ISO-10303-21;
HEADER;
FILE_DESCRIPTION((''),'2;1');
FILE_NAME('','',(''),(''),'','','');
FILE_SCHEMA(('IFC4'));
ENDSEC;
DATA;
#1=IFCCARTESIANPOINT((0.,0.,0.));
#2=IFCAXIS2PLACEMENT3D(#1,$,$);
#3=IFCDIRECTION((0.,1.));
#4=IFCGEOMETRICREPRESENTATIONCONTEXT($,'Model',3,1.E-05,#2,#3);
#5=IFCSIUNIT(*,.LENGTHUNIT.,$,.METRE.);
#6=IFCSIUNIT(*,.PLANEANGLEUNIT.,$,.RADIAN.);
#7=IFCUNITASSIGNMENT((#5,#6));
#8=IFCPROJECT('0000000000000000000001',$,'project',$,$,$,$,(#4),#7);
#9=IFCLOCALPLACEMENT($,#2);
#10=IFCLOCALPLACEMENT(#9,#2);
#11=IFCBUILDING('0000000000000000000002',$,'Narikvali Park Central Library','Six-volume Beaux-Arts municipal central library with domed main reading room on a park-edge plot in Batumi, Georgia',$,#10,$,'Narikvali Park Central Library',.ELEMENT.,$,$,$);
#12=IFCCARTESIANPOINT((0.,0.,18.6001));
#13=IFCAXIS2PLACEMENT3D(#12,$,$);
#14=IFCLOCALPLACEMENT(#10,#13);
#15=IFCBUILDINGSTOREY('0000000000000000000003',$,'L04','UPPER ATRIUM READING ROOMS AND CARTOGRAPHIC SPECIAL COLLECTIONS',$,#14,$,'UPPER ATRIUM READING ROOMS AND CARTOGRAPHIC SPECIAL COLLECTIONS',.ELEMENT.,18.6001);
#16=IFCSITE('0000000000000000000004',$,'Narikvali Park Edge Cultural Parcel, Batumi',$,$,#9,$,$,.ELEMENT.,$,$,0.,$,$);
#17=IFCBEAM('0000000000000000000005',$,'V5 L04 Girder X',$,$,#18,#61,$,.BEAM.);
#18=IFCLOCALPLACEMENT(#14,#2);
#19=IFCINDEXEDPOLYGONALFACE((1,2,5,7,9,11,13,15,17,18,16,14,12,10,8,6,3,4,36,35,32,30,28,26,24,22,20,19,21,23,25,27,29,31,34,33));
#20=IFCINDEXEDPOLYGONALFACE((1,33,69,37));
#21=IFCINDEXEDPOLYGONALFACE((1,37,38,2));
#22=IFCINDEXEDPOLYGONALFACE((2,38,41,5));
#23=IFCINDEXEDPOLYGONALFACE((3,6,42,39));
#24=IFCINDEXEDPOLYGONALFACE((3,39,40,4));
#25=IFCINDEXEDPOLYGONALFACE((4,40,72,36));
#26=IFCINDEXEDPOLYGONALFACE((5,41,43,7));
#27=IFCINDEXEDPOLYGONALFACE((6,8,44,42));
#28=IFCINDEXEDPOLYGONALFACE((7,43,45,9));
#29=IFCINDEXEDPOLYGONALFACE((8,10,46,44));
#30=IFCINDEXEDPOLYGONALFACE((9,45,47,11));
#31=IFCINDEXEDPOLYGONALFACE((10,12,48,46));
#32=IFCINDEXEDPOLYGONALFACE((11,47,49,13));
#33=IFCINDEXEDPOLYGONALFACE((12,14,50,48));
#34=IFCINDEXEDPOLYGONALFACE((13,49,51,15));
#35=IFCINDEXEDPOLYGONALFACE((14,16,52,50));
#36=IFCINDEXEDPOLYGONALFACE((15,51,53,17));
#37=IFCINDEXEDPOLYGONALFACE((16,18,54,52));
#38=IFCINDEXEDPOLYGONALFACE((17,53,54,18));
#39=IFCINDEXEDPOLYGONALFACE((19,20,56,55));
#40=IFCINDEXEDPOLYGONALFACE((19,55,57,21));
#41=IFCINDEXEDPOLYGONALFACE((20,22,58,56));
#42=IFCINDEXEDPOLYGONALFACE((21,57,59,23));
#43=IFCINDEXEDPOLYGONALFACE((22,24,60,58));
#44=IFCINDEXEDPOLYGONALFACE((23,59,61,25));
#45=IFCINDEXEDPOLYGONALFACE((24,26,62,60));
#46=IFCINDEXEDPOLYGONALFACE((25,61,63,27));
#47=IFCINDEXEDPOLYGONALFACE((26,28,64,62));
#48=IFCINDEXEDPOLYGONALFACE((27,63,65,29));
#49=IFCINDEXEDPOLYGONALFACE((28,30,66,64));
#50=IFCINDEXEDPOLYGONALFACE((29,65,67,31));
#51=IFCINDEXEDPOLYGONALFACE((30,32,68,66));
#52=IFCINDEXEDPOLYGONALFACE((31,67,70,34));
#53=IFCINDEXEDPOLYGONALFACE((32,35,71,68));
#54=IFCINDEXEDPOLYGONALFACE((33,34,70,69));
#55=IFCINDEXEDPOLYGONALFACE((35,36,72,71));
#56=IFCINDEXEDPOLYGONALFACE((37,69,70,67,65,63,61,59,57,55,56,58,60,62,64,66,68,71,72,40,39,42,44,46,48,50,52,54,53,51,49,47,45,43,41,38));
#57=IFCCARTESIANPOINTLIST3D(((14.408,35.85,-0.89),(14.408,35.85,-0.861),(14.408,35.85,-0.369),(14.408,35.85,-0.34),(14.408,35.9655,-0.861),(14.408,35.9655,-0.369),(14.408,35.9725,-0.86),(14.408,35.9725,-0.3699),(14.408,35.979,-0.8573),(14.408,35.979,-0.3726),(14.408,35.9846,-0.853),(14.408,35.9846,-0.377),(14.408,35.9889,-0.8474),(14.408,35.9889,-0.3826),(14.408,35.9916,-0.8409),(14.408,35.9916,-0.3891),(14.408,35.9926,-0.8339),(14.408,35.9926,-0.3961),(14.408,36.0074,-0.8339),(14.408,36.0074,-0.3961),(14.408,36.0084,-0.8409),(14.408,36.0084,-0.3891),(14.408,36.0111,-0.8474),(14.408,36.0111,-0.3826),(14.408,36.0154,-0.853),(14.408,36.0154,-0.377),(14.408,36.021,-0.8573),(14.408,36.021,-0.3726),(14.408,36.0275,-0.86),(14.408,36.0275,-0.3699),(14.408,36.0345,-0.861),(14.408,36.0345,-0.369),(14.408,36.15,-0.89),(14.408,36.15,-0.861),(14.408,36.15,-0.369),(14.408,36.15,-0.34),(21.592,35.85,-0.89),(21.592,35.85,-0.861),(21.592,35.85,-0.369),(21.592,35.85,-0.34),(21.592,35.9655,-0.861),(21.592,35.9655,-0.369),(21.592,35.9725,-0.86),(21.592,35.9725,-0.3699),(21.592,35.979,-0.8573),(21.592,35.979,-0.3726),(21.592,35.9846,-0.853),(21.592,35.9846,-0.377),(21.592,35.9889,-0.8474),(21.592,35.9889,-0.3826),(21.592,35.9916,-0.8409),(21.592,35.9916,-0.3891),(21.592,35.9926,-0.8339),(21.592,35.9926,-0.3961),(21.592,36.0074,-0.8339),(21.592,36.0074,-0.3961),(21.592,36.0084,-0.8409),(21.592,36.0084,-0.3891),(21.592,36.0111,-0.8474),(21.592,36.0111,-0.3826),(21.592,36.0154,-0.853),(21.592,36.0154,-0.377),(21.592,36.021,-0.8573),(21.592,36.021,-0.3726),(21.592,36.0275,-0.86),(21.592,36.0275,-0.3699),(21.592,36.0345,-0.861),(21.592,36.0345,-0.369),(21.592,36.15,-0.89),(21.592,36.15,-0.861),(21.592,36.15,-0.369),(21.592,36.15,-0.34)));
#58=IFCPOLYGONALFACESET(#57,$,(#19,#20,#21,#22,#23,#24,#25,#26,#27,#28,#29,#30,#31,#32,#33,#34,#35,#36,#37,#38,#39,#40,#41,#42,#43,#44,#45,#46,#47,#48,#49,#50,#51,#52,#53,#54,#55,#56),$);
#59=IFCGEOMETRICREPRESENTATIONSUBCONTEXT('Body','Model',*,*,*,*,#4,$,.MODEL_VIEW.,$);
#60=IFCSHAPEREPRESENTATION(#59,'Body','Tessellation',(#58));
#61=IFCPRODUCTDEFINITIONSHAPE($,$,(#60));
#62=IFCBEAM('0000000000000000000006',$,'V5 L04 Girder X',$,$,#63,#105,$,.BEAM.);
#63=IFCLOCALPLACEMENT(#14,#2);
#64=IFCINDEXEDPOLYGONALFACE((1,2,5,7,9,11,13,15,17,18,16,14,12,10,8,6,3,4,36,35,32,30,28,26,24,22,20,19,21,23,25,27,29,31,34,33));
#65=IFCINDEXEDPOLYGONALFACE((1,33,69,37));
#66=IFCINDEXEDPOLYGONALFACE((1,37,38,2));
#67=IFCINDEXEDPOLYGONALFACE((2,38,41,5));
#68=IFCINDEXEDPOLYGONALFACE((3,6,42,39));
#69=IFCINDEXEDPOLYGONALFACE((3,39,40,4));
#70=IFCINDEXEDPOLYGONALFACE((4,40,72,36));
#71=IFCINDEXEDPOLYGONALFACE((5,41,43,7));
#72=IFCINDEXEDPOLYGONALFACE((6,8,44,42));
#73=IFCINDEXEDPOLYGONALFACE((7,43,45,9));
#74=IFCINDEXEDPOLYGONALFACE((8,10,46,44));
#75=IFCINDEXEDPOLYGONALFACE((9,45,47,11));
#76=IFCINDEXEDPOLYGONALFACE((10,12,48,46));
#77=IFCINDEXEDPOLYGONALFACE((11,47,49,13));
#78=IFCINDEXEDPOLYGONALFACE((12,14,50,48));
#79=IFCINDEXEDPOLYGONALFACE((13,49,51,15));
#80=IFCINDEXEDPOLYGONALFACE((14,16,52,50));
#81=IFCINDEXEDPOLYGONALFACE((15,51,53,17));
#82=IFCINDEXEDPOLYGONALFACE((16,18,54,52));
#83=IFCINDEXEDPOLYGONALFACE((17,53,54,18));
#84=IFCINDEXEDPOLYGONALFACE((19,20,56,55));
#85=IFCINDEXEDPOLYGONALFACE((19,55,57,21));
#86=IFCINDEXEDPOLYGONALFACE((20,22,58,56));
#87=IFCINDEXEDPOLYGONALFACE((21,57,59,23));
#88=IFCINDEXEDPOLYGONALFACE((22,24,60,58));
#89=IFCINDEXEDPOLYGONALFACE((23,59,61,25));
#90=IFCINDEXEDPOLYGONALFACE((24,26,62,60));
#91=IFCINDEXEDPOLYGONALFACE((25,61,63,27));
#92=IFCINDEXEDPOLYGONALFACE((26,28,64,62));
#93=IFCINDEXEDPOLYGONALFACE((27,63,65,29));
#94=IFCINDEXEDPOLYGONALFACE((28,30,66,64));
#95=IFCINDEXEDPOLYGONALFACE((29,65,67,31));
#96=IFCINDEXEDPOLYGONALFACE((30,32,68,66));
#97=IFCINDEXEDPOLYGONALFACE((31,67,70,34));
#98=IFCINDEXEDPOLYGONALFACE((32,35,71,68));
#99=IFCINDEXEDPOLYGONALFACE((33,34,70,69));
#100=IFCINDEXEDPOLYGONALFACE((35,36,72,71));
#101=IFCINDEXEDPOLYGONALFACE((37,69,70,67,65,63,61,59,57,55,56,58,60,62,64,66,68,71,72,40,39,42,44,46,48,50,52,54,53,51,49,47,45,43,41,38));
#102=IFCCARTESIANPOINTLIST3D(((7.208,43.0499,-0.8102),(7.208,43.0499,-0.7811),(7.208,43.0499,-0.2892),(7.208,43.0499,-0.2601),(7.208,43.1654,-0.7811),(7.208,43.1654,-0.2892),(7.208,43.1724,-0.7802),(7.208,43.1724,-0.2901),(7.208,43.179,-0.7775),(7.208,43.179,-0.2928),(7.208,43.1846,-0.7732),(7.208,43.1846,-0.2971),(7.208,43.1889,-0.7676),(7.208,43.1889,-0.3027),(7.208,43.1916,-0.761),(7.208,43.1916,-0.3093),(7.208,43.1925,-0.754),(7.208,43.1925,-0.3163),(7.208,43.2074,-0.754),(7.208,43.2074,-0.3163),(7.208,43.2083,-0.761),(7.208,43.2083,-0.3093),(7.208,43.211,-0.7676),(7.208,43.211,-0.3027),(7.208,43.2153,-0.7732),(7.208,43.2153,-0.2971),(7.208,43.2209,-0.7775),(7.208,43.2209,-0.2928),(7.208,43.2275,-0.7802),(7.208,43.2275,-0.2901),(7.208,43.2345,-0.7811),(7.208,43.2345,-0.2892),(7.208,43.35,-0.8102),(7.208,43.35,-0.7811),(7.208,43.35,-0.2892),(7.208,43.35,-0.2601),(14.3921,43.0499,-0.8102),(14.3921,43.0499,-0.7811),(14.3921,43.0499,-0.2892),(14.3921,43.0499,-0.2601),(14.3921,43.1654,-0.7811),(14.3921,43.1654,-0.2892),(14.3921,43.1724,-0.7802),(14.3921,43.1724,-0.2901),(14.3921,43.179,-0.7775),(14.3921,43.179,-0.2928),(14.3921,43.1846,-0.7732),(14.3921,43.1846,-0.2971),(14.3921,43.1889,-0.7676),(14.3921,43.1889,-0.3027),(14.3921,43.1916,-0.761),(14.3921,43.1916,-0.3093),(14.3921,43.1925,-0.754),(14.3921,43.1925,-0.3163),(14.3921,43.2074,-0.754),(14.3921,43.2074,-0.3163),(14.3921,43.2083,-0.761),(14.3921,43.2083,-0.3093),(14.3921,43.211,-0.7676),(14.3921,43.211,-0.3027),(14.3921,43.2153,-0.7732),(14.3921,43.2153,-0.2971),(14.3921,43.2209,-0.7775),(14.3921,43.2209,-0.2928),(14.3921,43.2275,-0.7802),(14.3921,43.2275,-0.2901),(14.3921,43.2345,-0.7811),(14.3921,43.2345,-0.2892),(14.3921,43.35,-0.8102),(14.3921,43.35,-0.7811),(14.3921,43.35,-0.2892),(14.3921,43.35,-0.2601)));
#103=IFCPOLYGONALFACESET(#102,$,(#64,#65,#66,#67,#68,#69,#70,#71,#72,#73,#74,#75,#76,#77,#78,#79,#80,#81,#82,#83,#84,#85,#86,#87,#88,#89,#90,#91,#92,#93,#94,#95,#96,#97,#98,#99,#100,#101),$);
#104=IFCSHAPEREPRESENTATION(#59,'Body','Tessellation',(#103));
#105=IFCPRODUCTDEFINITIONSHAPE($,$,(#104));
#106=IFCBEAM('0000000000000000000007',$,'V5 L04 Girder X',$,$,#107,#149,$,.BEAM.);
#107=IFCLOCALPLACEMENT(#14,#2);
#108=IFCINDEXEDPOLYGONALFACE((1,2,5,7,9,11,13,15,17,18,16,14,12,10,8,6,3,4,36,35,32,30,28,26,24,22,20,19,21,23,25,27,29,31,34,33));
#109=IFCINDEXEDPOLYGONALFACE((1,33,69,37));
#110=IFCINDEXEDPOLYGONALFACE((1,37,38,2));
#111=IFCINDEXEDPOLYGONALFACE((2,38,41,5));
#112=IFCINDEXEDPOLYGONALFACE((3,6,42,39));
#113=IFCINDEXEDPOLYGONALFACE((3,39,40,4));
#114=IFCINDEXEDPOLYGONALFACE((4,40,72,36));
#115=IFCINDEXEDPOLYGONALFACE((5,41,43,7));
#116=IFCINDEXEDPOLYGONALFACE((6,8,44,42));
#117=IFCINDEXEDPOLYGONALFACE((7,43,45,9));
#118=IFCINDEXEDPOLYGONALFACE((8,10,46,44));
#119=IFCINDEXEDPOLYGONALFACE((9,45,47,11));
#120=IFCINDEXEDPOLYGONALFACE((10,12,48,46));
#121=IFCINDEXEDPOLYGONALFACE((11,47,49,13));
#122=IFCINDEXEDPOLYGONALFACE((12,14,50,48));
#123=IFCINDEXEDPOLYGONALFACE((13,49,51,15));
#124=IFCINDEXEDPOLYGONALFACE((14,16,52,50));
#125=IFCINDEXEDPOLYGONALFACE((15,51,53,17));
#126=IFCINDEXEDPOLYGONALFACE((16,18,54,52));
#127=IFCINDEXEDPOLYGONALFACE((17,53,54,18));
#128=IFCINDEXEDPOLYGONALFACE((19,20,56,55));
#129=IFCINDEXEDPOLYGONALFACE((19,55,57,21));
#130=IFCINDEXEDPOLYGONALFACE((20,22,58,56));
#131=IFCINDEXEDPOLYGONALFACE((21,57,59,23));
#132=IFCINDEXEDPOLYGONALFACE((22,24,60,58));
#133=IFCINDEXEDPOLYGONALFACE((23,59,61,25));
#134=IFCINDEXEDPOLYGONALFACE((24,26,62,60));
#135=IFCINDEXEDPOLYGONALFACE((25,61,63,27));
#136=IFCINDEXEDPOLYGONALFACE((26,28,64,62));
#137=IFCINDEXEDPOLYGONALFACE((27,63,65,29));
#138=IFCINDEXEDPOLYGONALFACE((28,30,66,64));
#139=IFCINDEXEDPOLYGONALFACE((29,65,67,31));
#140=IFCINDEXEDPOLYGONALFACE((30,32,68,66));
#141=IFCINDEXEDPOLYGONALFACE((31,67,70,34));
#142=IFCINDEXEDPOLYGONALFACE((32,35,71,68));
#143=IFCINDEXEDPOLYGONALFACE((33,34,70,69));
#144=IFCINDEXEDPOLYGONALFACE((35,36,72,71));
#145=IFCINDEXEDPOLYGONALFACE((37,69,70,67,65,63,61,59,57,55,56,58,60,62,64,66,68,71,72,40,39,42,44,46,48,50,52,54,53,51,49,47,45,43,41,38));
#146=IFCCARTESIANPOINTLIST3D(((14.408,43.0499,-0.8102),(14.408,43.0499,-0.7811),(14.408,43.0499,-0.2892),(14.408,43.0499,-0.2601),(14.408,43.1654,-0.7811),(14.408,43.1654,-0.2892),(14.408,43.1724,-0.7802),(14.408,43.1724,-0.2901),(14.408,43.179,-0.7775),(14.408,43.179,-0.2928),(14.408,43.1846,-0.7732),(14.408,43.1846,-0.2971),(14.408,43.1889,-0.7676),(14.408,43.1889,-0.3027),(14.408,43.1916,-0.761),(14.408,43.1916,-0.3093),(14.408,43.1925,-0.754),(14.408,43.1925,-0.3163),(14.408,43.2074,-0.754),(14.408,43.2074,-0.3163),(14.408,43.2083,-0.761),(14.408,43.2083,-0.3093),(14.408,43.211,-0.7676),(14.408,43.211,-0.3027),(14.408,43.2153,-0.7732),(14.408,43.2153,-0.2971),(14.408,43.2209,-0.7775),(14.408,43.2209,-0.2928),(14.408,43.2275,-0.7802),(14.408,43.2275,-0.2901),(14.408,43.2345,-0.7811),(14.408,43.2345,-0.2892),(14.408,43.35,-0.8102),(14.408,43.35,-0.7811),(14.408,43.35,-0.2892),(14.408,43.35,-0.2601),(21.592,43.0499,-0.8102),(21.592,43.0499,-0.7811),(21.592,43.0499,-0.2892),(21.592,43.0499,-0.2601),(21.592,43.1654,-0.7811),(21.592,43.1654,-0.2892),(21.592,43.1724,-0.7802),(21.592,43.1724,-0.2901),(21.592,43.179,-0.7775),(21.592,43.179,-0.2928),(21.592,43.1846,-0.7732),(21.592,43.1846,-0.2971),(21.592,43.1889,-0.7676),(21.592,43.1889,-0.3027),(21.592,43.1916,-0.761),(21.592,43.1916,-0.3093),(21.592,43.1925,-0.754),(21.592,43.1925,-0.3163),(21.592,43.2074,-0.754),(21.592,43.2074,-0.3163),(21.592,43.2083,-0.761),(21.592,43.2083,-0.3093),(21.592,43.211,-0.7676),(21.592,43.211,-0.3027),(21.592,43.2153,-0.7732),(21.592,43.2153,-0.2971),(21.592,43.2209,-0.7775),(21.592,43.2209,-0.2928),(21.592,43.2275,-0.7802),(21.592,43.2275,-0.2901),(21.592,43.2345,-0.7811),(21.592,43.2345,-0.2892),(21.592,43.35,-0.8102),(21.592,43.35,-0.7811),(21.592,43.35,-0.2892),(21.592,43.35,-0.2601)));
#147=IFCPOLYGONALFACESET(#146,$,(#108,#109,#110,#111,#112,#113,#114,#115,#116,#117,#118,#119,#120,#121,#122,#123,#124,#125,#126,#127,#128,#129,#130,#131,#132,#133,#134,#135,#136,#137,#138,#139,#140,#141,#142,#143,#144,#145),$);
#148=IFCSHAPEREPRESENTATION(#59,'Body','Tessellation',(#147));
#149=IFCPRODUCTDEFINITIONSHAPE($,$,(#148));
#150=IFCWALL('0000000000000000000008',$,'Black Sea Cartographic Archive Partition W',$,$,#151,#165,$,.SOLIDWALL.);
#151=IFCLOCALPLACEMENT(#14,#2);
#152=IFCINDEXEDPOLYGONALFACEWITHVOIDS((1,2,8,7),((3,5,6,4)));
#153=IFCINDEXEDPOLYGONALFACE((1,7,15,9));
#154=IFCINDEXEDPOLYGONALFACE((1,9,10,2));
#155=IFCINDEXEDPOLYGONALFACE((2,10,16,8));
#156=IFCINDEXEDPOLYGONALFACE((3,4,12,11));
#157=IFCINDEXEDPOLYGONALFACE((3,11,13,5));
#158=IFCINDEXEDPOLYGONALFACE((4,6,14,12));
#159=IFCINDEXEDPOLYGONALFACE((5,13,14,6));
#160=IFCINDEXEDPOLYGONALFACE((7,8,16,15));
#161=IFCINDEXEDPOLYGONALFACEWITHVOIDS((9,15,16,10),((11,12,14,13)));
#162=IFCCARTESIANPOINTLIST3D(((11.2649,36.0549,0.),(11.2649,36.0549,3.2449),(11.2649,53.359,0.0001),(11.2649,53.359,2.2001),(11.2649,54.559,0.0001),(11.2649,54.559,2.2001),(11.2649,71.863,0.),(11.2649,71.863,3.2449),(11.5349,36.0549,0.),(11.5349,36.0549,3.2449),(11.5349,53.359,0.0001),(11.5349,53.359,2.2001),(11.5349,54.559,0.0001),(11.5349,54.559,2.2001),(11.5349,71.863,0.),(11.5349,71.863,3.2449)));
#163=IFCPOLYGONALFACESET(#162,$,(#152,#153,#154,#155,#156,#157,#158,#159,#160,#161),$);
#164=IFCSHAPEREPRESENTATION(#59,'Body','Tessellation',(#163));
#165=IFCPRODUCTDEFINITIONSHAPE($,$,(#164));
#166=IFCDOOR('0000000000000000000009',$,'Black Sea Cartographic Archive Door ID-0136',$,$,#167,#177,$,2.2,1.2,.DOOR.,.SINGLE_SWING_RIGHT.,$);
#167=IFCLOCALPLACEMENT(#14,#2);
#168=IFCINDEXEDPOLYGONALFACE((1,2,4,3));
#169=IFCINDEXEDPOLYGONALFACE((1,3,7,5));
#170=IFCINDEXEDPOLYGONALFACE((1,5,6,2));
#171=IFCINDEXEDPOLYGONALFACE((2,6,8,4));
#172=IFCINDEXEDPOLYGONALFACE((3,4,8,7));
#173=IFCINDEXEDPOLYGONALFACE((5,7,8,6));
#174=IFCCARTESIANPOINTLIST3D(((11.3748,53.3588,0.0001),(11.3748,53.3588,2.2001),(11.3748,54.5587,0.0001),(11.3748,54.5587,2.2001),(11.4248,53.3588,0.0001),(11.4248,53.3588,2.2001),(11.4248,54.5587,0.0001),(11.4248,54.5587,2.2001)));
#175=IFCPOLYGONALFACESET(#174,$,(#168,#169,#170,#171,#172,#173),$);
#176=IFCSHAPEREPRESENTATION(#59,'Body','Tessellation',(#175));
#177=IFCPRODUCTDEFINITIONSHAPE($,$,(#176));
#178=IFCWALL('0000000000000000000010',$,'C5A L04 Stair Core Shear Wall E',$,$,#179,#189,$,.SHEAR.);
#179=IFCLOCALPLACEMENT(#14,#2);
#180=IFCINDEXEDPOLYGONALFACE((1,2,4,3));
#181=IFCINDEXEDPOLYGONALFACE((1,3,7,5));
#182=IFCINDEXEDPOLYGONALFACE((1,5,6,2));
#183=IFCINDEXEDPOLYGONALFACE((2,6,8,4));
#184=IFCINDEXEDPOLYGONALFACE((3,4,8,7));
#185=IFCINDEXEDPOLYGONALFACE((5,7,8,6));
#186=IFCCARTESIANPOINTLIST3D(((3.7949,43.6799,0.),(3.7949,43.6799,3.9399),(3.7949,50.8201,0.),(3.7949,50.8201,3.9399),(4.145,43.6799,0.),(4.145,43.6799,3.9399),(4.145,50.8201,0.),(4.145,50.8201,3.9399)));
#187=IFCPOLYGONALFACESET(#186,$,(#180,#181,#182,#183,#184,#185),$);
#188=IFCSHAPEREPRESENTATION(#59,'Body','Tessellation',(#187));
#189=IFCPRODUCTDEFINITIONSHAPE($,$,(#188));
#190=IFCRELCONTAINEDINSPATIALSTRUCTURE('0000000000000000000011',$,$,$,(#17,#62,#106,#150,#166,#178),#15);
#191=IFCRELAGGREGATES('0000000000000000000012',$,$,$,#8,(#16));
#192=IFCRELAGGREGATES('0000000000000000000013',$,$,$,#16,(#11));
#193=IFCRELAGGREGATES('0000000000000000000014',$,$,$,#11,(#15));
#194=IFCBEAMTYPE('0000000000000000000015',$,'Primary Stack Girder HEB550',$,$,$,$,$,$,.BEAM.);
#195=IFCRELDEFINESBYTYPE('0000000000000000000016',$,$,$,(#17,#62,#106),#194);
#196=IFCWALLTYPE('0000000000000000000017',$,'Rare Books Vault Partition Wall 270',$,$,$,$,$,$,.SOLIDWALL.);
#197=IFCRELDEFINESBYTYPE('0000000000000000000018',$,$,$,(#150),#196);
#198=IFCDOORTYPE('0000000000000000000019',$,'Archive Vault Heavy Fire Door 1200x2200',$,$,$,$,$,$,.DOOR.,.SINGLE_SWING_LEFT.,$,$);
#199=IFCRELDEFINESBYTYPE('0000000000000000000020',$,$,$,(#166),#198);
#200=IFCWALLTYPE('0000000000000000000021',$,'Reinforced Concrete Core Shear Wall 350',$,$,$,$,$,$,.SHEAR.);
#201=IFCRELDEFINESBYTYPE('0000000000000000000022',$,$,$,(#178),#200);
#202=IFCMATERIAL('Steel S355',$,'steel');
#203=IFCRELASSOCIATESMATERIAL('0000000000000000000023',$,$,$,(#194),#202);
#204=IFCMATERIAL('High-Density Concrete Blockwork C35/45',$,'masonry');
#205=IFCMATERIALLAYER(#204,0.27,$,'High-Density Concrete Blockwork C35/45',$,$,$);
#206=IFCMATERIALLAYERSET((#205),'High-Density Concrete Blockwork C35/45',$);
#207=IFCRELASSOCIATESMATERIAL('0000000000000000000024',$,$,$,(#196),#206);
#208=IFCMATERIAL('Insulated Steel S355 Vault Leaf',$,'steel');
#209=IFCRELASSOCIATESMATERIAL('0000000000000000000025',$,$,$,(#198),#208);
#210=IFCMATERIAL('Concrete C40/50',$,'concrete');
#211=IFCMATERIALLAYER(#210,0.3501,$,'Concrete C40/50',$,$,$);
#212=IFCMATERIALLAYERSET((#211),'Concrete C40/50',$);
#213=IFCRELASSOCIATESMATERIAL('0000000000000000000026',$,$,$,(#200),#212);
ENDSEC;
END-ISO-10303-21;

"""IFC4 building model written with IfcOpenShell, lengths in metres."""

from ifc_helpers import new_model, si_unit, direction, frame, frame_2d, origin, origin_2d, place, context, subcontext, project, spatial, rectangle, i_section, extrude, material, layer, layer_set, material_profile, profile_set, type_object, element, fill, save


model = new_model("IFC4")

# Units and contexts
model_context = context("Model", 3, precision=1e-05, world=origin(), true_north=direction((0.0, 1.0)))
body_context = subcontext(model_context, "Body", "Model", "MODEL_VIEW")
ifc_project = project(units=[si_unit("LENGTHUNIT", "METRE"), si_unit("PLANEANGLEUNIT", "RADIAN")], contexts=[model_context])

# Site, building, storey
site_placement = place(None, origin())
site = spatial("IfcSite", under=ifc_project, at=site_placement, Name="Narikvali Park Edge Cultural Parcel, Batumi", CompositionType="ELEMENT", RefElevation=0.0)
building_placement = place(site_placement, origin())
building = spatial("IfcBuilding", under=site, at=building_placement, Name="Narikvali Park Central Library", Description="Six-volume Beaux-Arts municipal central library with domed main reading room on a park-edge plot in Batumi, Georgia", LongName="Narikvali Park Central Library", CompositionType="ELEMENT")
storey_placement = place(building_placement, frame((0.0, 0.0, 18.6001)))
storey = spatial("IfcBuildingStorey", under=building, at=storey_placement, Name="L04", Description="UPPER ATRIUM READING ROOMS AND CARTOGRAPHIC SPECIAL COLLECTIONS", LongName="UPPER ATRIUM READING ROOMS AND CARTOGRAPHIC SPECIAL COLLECTIONS", CompositionType="ELEMENT", Elevation=18.6001)

# Shared definitions
ifc_material_1 = material(Name="Steel S355", Category="steel")

# Beams
ifc_material_profile_1 = material_profile(ifc_material_1, i_section(OverallWidth=0.3, OverallDepth=0.55, WebThickness=0.0149, FlangeThickness=0.0291, FilletRadius=0.0271, at=origin_2d()), Name="HEB 550")
ifc_profile_set_1 = profile_set([ifc_material_profile_1], Name="Steel S355")
beam_type_1 = type_object("IfcBeamType", Name="Primary Stack Girder HEB550", PredefinedType="BEAM", material=ifc_profile_set_1)
for number, where, z_axis, x_axis, name in (
    (1, (14.408, 36.0, -0.615), (1.0, 0.0, 0.0), (0.0, 1.0, 0.0), "V5 L04 Girder X"),
    (2, (7.208, 43.2, -0.5352), (1.0, 0.0, 0.0), (0.0, 1.0, 0.0), "V5 L04 Girder X"),
    (3, (14.408, 43.2, -0.5352), (1.0, 0.0, 0.0), (0.0, 1.0, 0.0), "V5 L04 Girder X"),
):
    element("IfcBeam", number, at=place(storey_placement, frame(where, z_axis=z_axis, x_axis=x_axis)), inside=storey, type_object=beam_type_1, Name=name, PredefinedType="BEAM", context=body_context, shape_type="SweptSolid", body=[
        extrude(i_section(OverallWidth=0.3, OverallDepth=0.55, WebThickness=0.0149, FlangeThickness=0.0291, FilletRadius=0.0271, at=origin_2d()), origin(), (0.0, 0.0, 1.0), 7.1841),
    ])

# Wall, opening, door
ifc_material_2 = material(Name="High-Density Concrete Blockwork C35/45", Category="masonry")
ifc_layer_1 = layer(ifc_material_2, 0.27, Name="High-Density Concrete Blockwork C35/45")
ifc_layer_set_1 = layer_set([ifc_layer_1], Name="High-Density Concrete Blockwork C35/45")
wall_type_1 = type_object("IfcWallType", Name="Rare Books Vault Partition Wall 270", PredefinedType="SOLIDWALL", material=ifc_layer_set_1)
wall_1_placement = place(storey_placement, frame((11.3999, 36.0549, 0.0), z_axis=(0.0, 0.0, 1.0), x_axis=(0.0, 1.0, 0.0)))
wall_1 = element("IfcWall", 4, at=wall_1_placement, inside=storey, type_object=wall_type_1, Name="Black Sea Cartographic Archive Partition W", PredefinedType="SOLIDWALL", context=body_context, shape_type="SweptSolid", body=[
    extrude(rectangle(XDim=35.8081, YDim=0.27, at=frame_2d((17.9041, 0.0))), origin(), (0.0, 0.0, 1.0), 3.2449),
])
opening_1_placement = place(wall_1_placement, frame((17.304, 0.0, 0.0)))
opening_1 = element("IfcOpeningElement", 5, at=opening_1_placement, cuts=wall_1, PredefinedType="OPENING", context=body_context, shape_type="SweptSolid", body=[
    extrude(rectangle(XDim=1.2, YDim=2.2, at=frame_2d((0.6001, 1.1001))), frame((0.0, 0.147, 0.0), z_axis=(0.0, -1.0, 0.0), x_axis=(1.0, 0.0, 0.0)), (0.0, 0.0, 1.0), 0.2939),
])
ifc_material_3 = material(Name="Insulated Steel S355 Vault Leaf", Category="steel")
door_type = type_object("IfcDoorType", Name="Archive Vault Heavy Fire Door 1200x2200", OperationType="SINGLE_SWING_LEFT", PredefinedType="DOOR", material=ifc_material_3)
door_placement = place(opening_1_placement, frame((1.2, 0.0, 0.0), z_axis=(0.0, 0.0, 1.0), x_axis=(-1.0, 0.0, 0.0)))
door = element("IfcDoor", 6, at=door_placement, inside=storey, type_object=door_type, Name="Black Sea Cartographic Archive Door ID-0136", OperationType="SINGLE_SWING_RIGHT", OverallHeight=2.2, OverallWidth=1.2, PredefinedType="DOOR", context=body_context, shape_type="SweptSolid", body=[
    extrude(rectangle(XDim=1.2, YDim=2.2, at=frame_2d((0.6001, 1.1001))), frame((0.0, 0.0249, 0.0), z_axis=(0.0, -1.0, 0.0), x_axis=(1.0, 0.0, 0.0)), (0.0, 0.0, 1.0), 0.05),
])
fill(opening_1, door)

# Wall
ifc_material_4 = material(Name="Concrete C40/50", Category="concrete")
ifc_layer_2 = layer(ifc_material_4, 0.3501, Name="Concrete C40/50")
ifc_layer_set_2 = layer_set([ifc_layer_2], Name="Concrete C40/50")
wall_type_2 = type_object("IfcWallType", Name="Reinforced Concrete Core Shear Wall 350", PredefinedType="SHEAR", material=ifc_layer_set_2)
wall_2_placement = place(storey_placement, frame((3.97, 43.6799, 0.0), z_axis=(0.0, 0.0, 1.0), x_axis=(0.0, 1.0, 0.0)))
element("IfcWall", 7, at=wall_2_placement, inside=storey, type_object=wall_type_2, Name="C5A L04 Stair Core Shear Wall E", PredefinedType="SHEAR", context=body_context, shape_type="SweptSolid", body=[
    extrude(rectangle(XDim=7.1401, YDim=0.3501, at=frame_2d((3.5701, 0.0))), origin(), (0.0, 0.0, 1.0), 3.9399),
])

save(model, "model.ifc")
